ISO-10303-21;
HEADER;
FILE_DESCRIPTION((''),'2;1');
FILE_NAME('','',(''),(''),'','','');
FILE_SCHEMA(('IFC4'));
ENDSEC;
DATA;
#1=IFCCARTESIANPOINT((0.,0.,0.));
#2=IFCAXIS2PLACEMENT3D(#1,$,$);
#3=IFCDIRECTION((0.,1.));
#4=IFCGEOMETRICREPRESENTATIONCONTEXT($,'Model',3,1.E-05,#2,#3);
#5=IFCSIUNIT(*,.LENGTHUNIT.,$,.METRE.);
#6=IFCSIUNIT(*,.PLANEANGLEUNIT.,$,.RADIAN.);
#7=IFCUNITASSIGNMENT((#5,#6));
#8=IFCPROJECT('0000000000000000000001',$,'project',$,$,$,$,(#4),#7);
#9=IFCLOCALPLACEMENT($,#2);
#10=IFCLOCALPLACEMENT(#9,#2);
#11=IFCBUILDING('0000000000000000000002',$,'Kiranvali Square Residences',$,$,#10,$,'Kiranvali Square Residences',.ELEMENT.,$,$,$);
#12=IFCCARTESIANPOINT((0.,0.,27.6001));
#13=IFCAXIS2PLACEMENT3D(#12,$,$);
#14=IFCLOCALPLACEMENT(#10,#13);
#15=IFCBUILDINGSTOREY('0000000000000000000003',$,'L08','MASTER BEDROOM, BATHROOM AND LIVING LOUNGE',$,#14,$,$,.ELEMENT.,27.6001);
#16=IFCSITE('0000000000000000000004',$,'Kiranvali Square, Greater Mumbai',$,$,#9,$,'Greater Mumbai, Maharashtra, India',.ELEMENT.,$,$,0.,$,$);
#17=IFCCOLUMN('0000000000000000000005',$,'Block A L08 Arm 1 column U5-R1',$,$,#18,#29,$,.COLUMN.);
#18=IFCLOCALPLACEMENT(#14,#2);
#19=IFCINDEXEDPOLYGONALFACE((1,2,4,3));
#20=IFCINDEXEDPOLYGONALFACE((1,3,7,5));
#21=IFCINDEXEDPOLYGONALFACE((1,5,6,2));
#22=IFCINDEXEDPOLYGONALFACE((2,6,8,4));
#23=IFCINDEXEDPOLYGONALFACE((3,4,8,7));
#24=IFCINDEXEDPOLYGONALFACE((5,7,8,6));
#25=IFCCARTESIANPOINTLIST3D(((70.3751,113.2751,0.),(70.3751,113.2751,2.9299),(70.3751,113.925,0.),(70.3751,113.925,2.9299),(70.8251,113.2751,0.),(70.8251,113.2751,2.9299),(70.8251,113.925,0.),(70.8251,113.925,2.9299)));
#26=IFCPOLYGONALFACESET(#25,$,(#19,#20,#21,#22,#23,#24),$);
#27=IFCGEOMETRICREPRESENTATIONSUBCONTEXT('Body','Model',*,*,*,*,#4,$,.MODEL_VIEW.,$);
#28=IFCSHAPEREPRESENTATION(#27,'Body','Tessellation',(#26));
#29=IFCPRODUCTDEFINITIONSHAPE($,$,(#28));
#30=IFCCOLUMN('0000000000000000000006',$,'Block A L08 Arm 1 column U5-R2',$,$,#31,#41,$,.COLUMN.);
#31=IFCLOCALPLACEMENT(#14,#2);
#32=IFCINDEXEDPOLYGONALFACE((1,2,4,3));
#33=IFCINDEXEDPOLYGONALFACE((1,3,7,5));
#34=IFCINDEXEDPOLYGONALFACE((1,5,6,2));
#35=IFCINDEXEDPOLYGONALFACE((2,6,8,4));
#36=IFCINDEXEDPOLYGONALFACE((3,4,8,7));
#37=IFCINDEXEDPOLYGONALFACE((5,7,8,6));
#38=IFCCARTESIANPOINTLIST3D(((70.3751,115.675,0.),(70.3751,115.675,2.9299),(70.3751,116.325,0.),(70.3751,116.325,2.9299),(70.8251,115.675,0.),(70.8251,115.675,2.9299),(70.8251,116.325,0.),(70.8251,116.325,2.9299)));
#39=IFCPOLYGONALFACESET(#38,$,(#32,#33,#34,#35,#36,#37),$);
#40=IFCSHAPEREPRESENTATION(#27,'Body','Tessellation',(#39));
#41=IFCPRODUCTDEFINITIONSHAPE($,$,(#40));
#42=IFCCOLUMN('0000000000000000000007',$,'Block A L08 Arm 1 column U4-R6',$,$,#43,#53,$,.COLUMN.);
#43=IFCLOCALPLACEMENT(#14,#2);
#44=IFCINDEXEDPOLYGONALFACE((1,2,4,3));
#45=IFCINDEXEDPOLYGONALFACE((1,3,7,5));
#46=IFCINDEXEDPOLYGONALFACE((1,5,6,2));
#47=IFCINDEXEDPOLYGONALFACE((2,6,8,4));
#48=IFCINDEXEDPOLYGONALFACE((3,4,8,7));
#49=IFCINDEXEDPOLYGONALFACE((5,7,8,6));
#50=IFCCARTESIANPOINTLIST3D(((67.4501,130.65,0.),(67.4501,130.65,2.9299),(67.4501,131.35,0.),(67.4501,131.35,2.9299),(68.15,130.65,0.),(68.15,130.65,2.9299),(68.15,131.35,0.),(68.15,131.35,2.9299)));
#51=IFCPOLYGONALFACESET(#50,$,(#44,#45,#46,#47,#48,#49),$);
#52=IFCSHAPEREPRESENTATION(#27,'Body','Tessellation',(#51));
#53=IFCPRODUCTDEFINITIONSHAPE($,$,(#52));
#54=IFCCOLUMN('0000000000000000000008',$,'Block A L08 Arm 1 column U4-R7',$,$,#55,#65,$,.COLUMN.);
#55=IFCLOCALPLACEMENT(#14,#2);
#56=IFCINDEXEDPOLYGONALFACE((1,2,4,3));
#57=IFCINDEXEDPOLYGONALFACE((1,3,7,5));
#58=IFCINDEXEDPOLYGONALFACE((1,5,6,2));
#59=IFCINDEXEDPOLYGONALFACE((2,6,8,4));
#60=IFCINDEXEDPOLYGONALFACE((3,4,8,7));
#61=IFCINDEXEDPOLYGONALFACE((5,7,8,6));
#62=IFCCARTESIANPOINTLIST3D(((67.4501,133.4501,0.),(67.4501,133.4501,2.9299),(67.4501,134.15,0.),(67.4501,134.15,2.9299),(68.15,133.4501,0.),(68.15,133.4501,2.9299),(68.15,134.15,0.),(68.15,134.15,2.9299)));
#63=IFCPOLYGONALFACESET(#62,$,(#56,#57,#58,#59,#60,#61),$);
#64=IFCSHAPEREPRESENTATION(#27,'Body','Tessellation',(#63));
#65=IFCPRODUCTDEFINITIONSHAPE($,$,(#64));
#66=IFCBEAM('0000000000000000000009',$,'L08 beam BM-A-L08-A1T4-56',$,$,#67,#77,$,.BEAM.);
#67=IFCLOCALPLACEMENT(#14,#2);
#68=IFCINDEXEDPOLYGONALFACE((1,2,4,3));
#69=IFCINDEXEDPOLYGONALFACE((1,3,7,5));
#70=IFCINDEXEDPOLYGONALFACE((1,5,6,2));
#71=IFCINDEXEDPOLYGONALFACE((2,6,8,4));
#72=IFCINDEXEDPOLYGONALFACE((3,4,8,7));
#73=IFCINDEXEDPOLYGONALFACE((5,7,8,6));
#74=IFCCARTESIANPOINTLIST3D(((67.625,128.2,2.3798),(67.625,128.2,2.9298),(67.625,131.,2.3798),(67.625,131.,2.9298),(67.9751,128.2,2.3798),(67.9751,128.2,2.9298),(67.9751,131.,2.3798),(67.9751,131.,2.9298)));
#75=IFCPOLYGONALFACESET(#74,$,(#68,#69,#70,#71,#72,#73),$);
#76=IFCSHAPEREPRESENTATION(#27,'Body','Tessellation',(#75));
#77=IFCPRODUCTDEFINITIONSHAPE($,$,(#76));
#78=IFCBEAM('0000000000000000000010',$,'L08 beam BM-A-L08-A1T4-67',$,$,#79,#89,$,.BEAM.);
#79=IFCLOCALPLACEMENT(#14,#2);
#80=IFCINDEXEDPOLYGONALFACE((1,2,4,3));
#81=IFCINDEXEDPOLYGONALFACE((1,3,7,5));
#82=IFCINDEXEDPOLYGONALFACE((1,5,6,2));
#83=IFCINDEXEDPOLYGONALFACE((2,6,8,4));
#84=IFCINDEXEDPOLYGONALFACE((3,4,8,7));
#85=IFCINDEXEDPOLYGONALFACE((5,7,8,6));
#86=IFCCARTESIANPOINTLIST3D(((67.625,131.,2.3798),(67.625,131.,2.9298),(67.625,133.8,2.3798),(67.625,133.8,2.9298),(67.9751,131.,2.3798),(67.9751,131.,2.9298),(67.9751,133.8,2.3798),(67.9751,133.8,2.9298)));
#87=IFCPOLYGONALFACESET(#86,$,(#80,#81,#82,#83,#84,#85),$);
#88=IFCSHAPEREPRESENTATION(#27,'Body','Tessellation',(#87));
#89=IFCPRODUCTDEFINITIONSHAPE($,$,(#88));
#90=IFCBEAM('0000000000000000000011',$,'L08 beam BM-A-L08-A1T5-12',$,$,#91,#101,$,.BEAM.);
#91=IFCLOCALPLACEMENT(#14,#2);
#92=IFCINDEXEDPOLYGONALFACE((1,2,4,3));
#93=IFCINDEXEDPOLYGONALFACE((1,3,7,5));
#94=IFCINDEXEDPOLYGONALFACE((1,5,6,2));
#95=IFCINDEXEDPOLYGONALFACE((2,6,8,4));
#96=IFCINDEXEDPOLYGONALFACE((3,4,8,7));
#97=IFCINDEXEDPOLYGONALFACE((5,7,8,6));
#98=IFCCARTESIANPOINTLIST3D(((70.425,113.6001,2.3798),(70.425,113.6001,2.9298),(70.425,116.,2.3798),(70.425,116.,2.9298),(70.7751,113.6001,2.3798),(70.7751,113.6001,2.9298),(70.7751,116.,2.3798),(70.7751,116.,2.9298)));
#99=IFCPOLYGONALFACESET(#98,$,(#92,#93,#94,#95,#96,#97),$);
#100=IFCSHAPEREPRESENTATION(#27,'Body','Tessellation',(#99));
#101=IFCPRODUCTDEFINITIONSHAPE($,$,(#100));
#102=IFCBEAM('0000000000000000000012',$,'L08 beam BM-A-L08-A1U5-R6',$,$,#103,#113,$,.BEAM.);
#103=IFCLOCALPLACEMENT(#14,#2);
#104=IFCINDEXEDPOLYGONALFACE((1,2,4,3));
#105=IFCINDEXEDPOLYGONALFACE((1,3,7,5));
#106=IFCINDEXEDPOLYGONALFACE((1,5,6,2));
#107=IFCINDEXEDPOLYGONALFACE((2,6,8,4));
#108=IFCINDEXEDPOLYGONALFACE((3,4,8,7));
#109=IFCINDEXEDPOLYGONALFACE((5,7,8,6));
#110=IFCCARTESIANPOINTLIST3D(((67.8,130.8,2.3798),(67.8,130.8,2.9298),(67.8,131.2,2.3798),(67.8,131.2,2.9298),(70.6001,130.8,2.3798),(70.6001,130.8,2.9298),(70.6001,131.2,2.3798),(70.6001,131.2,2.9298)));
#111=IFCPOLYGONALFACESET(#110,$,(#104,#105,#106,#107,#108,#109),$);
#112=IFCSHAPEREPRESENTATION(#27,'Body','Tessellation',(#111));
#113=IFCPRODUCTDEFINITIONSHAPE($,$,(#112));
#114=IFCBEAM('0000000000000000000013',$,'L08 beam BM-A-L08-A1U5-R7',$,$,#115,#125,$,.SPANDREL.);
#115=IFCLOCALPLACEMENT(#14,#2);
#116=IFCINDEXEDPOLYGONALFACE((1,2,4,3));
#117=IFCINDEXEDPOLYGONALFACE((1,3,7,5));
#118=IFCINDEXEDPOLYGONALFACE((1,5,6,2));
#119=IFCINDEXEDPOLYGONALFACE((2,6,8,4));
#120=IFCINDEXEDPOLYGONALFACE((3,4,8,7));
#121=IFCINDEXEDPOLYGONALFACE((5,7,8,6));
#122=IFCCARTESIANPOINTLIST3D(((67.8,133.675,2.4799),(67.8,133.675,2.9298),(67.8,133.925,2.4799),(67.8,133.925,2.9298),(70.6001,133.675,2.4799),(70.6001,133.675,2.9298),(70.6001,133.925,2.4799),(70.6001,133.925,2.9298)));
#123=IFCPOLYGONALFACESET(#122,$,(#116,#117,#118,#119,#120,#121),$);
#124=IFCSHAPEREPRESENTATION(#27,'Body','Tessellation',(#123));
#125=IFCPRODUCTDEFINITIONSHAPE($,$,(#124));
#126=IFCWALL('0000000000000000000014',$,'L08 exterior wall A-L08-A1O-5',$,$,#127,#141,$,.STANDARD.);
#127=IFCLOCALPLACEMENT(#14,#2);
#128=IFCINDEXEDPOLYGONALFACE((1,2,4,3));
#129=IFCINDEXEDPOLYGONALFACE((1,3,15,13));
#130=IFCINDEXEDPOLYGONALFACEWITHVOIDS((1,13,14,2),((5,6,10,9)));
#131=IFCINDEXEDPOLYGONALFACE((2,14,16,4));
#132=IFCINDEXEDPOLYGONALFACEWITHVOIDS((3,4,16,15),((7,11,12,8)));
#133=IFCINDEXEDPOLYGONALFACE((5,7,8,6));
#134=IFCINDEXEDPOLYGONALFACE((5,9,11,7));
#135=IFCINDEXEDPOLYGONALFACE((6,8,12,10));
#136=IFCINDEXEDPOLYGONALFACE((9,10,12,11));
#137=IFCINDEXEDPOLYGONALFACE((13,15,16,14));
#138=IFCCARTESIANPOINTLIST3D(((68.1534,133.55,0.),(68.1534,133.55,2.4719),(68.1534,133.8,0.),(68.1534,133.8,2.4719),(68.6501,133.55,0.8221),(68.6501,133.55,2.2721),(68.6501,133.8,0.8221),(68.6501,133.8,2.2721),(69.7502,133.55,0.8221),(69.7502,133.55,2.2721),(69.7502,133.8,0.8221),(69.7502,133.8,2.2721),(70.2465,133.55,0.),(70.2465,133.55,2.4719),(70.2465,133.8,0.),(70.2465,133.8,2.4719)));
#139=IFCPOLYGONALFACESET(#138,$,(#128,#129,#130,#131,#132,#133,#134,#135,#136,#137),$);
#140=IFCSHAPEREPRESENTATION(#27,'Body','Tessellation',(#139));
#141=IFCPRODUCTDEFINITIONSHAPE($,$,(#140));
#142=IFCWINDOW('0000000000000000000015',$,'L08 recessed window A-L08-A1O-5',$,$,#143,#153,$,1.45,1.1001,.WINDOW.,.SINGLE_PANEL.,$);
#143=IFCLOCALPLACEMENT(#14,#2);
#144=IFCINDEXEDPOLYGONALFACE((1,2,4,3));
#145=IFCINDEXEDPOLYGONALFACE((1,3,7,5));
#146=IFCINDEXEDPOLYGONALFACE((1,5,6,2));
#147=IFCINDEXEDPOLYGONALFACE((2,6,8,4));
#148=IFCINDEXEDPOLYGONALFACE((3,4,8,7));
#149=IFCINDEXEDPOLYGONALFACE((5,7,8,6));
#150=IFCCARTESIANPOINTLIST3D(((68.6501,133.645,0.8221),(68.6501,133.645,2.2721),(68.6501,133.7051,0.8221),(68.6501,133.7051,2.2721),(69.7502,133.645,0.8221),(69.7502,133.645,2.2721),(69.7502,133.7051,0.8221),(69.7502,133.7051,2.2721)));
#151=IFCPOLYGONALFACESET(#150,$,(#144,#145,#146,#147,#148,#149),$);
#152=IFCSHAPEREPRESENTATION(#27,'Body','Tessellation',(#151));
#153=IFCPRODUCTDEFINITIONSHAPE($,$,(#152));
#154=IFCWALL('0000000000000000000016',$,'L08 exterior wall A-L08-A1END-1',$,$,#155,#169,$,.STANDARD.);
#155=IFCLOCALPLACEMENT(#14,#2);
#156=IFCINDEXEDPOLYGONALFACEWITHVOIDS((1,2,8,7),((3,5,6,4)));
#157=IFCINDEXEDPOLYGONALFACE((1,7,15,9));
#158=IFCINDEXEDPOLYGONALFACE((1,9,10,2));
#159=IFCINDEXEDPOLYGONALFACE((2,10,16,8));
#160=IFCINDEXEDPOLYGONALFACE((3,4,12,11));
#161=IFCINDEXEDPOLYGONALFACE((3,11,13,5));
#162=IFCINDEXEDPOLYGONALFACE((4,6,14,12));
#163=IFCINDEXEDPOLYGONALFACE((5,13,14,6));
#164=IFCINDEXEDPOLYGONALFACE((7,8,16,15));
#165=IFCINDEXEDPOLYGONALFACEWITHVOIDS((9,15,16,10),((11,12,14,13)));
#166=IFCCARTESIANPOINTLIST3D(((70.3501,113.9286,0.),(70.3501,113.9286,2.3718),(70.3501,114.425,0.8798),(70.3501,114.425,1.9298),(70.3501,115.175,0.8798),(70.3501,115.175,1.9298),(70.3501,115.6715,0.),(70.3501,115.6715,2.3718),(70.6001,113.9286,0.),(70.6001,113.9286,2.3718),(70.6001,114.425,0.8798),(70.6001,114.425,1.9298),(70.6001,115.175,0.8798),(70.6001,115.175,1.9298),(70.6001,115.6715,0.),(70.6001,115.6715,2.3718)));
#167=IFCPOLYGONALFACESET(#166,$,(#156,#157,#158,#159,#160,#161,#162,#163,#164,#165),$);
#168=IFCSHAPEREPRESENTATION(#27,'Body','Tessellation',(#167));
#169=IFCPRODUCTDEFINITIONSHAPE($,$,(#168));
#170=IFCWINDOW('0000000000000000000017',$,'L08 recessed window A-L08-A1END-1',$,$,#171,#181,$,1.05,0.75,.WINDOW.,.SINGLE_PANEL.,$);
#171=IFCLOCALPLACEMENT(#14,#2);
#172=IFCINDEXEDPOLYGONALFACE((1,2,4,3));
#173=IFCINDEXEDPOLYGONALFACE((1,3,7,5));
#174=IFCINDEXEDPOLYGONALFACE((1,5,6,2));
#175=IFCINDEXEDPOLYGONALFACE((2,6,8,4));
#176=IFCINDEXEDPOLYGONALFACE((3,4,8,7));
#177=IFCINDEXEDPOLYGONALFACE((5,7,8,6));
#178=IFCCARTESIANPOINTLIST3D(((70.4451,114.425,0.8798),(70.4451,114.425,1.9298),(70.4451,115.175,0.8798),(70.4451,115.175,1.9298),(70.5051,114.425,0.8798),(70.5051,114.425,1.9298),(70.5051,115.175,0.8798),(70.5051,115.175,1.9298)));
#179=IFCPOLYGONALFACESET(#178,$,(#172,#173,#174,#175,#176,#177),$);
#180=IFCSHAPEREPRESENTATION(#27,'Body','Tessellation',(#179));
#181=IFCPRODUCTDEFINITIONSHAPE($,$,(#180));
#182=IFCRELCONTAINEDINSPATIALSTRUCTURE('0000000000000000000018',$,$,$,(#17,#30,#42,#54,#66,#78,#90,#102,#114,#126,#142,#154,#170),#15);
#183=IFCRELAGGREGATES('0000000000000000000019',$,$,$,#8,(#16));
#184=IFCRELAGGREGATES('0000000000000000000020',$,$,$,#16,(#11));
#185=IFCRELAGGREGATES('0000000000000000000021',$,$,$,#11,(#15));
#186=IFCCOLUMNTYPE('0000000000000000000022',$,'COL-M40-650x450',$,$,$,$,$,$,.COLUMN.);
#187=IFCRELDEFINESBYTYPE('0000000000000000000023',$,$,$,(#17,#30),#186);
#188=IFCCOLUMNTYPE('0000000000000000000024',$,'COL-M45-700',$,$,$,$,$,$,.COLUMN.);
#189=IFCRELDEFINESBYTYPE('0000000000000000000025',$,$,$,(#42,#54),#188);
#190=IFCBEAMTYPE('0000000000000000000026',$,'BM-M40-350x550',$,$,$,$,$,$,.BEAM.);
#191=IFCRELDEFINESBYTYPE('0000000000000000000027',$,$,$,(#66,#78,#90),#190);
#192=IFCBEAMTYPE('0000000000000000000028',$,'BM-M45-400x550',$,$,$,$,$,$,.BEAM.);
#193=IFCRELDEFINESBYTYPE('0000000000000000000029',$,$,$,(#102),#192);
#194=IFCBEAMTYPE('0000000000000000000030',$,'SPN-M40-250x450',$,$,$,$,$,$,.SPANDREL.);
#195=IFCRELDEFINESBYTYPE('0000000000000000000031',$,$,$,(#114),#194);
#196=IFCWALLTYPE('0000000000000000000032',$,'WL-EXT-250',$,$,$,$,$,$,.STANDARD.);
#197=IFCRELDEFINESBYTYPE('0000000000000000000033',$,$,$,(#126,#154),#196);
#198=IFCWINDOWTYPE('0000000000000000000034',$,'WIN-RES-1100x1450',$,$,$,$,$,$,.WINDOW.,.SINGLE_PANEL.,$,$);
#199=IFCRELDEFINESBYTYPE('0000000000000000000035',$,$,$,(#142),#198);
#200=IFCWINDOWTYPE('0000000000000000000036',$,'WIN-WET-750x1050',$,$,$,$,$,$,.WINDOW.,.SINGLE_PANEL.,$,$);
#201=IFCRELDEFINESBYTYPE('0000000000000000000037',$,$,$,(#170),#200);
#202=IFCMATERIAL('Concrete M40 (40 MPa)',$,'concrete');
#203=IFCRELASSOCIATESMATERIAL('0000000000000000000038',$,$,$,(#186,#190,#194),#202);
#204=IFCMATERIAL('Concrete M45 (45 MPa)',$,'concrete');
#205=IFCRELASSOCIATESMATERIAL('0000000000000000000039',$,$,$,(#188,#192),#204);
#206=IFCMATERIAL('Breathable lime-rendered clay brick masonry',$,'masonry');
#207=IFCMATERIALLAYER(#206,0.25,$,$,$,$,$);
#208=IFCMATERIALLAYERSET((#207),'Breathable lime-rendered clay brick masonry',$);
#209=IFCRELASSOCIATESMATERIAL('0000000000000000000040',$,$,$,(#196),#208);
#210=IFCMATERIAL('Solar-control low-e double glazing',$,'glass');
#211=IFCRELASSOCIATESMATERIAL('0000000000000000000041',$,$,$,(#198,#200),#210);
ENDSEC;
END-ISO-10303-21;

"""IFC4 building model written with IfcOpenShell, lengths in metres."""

from ifc_helpers import new_model, si_unit, direction, frame, frame_2d, origin, origin_2d, place, context, subcontext, project, spatial, rectangle, extrude, material, layer, layer_set, material_profile, profile_set, type_object, element, fill, save


model = new_model("IFC4")

# Units and contexts
model_context = context("Model", 3, precision=1e-05, world=origin(), true_north=direction((0.0, 1.0)))
body_context = subcontext(model_context, "Body", "Model", "MODEL_VIEW")
ifc_project = project(units=[si_unit("LENGTHUNIT", "METRE"), si_unit("PLANEANGLEUNIT", "RADIAN")], contexts=[model_context])

# Site, building, storey
site_placement = place(None, origin())
site = spatial("IfcSite", under=ifc_project, at=site_placement, Name="Kiranvali Square, Greater Mumbai", LongName="Greater Mumbai, Maharashtra, India", CompositionType="ELEMENT", RefElevation=0.0)
building_placement = place(site_placement, origin())
building = spatial("IfcBuilding", under=site, at=building_placement, Name="Kiranvali Square Residences", LongName="Kiranvali Square Residences", CompositionType="ELEMENT")
storey_placement = place(building_placement, frame((0.0, 0.0, 27.6001)))
storey = spatial("IfcBuildingStorey", under=building, at=storey_placement, Name="L08", Description="MASTER BEDROOM, BATHROOM AND LIVING LOUNGE", CompositionType="ELEMENT", Elevation=27.6001)

# Columns
ifc_material_1 = material(Name="Concrete M40 (40 MPa)", Category="concrete")
ifc_material_profile_1 = material_profile(ifc_material_1, rectangle(XDim=0.45, YDim=0.6499, at=origin_2d()), Name="RC 650x450")
ifc_profile_set_1 = profile_set([ifc_material_profile_1], Name="Concrete M40 (40 MPa)")
column_type_1 = type_object("IfcColumnType", Name="COL-M40-650x450", PredefinedType="COLUMN", material=ifc_profile_set_1)
for number, where, z_axis, x_axis, name in (
    (1, (70.6001, 113.6001, 0.0), (0.0, 0.0, 1.0), (1.0, 0.0, 0.0), "Block A L08 Arm 1 column U5-R1"),
    (2, (70.6001, 116.0, 0.0), (0.0, 0.0, 1.0), (1.0, 0.0, 0.0), "Block A L08 Arm 1 column U5-R2"),
):
    element("IfcColumn", number, at=place(storey_placement, frame(where, z_axis=z_axis, x_axis=x_axis)), inside=storey, type_object=column_type_1, Name=name, PredefinedType="COLUMN", context=body_context, shape_type="SweptSolid", body=[
        extrude(rectangle(XDim=0.45, YDim=0.6499, at=origin_2d()), origin(), (0.0, 0.0, 1.0), 2.9299),
    ])
ifc_material_2 = material(Name="Concrete M45 (45 MPa)", Category="concrete")
ifc_material_profile_2 = material_profile(ifc_material_2, rectangle(XDim=0.7, YDim=0.7, at=origin_2d()), Name="RC 700x700")
ifc_profile_set_2 = profile_set([ifc_material_profile_2], Name="Concrete M45 (45 MPa)")
column_type_2 = type_object("IfcColumnType", Name="COL-M45-700", PredefinedType="COLUMN", material=ifc_profile_set_2)
for number, where, z_axis, x_axis, name in (
    (3, (67.8, 131.0, 0.0), (0.0, 0.0, 1.0), (1.0, 0.0, 0.0), "Block A L08 Arm 1 column U4-R6"),
    (4, (67.8, 133.8, 0.0), (0.0, 0.0, 1.0), (1.0, 0.0, 0.0), "Block A L08 Arm 1 column U4-R7"),
):
    element("IfcColumn", number, at=place(storey_placement, frame(where, z_axis=z_axis, x_axis=x_axis)), inside=storey, type_object=column_type_2, Name=name, PredefinedType="COLUMN", context=body_context, shape_type="SweptSolid", body=[
        extrude(rectangle(XDim=0.7, YDim=0.7, at=origin_2d()), origin(), (0.0, 0.0, 1.0), 2.9299),
    ])

# Beams
ifc_material_profile_3 = material_profile(ifc_material_1, rectangle(XDim=0.3501, YDim=0.55, at=origin_2d()), Name="RC 350x550")
ifc_profile_set_3 = profile_set([ifc_material_profile_3], Name="Concrete M40 (40 MPa)")
beam_type_1 = type_object("IfcBeamType", Name="BM-M40-350x550", PredefinedType="BEAM", material=ifc_profile_set_3)
for number, where, z_axis, x_axis, name in (
    (5, (67.8, 128.2, 2.6548), (0.0, 1.0, 0.0), (-1.0, 0.0, 0.0), "L08 beam BM-A-L08-A1T4-56"),
    (6, (67.8, 131.0, 2.6548), (0.0, 1.0, 0.0), (-1.0, 0.0, 0.0), "L08 beam BM-A-L08-A1T4-67"),
):
    element("IfcBeam", number, at=place(storey_placement, frame(where, z_axis=z_axis, x_axis=x_axis)), inside=storey, type_object=beam_type_1, Name=name, PredefinedType="BEAM", context=body_context, shape_type="SweptSolid", body=[
        extrude(rectangle(XDim=0.3501, YDim=0.55, at=origin_2d()), origin(), (0.0, 0.0, 1.0), 2.8),
    ])
beam_1_placement = place(storey_placement, frame((70.6001, 113.6001, 2.6548), z_axis=(0.0, 1.0, 0.0), x_axis=(-1.0, 0.0, 0.0)))
element("IfcBeam", 7, at=beam_1_placement, inside=storey, type_object=beam_type_1, Name="L08 beam BM-A-L08-A1T5-12", PredefinedType="BEAM", context=body_context, shape_type="SweptSolid", body=[
    extrude(rectangle(XDim=0.3501, YDim=0.55, at=origin_2d()), origin(), (0.0, 0.0, 1.0), 2.3999),
])
ifc_material_profile_4 = material_profile(ifc_material_2, rectangle(XDim=0.3999, YDim=0.55, at=origin_2d()), Name="RC 400x550")
ifc_profile_set_4 = profile_set([ifc_material_profile_4], Name="Concrete M45 (45 MPa)")
beam_type_2 = type_object("IfcBeamType", Name="BM-M45-400x550", PredefinedType="BEAM", material=ifc_profile_set_4)
beam_2_placement = place(storey_placement, frame((67.8, 131.0, 2.6548), z_axis=(1.0, 0.0, 0.0), x_axis=(0.0, 1.0, 0.0)))
element("IfcBeam", 8, at=beam_2_placement, inside=storey, type_object=beam_type_2, Name="L08 beam BM-A-L08-A1U5-R6", PredefinedType="BEAM", context=body_context, shape_type="SweptSolid", body=[
    extrude(rectangle(XDim=0.3999, YDim=0.55, at=origin_2d()), origin(), (0.0, 0.0, 1.0), 2.8),
])
ifc_material_profile_5 = material_profile(ifc_material_1, rectangle(XDim=0.25, YDim=0.45, at=origin_2d()), Name="RC 250x450")
ifc_profile_set_5 = profile_set([ifc_material_profile_5], Name="Concrete M40 (40 MPa)")
beam_type_3 = type_object("IfcBeamType", Name="SPN-M40-250x450", PredefinedType="SPANDREL", material=ifc_profile_set_5)
beam_3_placement = place(storey_placement, frame((67.8, 133.8, 2.7048), z_axis=(1.0, 0.0, 0.0), x_axis=(0.0, 1.0, 0.0)))
element("IfcBeam", 9, at=beam_3_placement, inside=storey, type_object=beam_type_3, Name="L08 beam BM-A-L08-A1U5-R7", PredefinedType="SPANDREL", context=body_context, shape_type="SweptSolid", body=[
    extrude(rectangle(XDim=0.25, YDim=0.45, at=origin_2d()), origin(), (0.0, 0.0, 1.0), 2.8),
])

# Walls, openings, windows
ifc_material_3 = material(Name="Breathable lime-rendered clay brick masonry", Category="masonry")
ifc_layer_1 = layer(ifc_material_3, 0.25)
ifc_layer_set_1 = layer_set([ifc_layer_1], Name="Breathable lime-rendered clay brick masonry")
wall_type_1 = type_object("IfcWallType", Name="WL-EXT-250", PredefinedType="STANDARD", material=ifc_layer_set_1)
wall_1_placement = place(storey_placement, frame((68.1536, 133.675, 0.0), z_axis=(0.0, 0.0, 1.0), x_axis=(1.0, 0.0, 0.0)))
wall_1 = element("IfcWall", 10, at=wall_1_placement, inside=storey, type_object=wall_type_1, Name="L08 exterior wall A-L08-A1O-5", PredefinedType="STANDARD", context=body_context, shape_type="SweptSolid", body=[
    extrude(rectangle(XDim=2.093, YDim=0.25, at=frame_2d((1.0464, 0.0))), origin(), (0.0, 0.0, 1.0), 2.4719),
])
opening_1_placement = place(wall_1_placement, frame((0.4966, 0.0, 0.822)))
opening_1 = element("IfcOpeningElement", 11, at=opening_1_placement, cuts=wall_1, PredefinedType="OPENING", context=body_context, shape_type="SweptSolid", body=[
    extrude(rectangle(XDim=1.1001, YDim=1.45, at=frame_2d((0.55, 0.7251))), frame((0.0, 0.135, 0.0), z_axis=(0.0, -1.0, 0.0), x_axis=(1.0, 0.0, 0.0)), (0.0, 0.0, 1.0), 0.27),
])
ifc_material_4 = material(Name="Solar-control low-e double glazing", Category="glass")
window_type_1 = type_object("IfcWindowType", Name="WIN-RES-1100x1450", PartitioningType="SINGLE_PANEL", PredefinedType="WINDOW", material=ifc_material_4)
window_1_placement = place(opening_1_placement, origin())
window_1 = element("IfcWindow", 12, at=window_1_placement, inside=storey, type_object=window_type_1, Name="L08 recessed window A-L08-A1O-5", OverallHeight=1.45, OverallWidth=1.1001, PartitioningType="SINGLE_PANEL", PredefinedType="WINDOW", context=body_context, shape_type="SweptSolid", body=[
    extrude(rectangle(XDim=1.1001, YDim=1.45, at=frame_2d((0.55, 0.7251))), frame((0.0, 0.03, 0.0), z_axis=(0.0, -1.0, 0.0), x_axis=(1.0, 0.0, 0.0)), (0.0, 0.0, 1.0), 0.0601),
])
fill(opening_1, window_1)
wall_2_placement = place(storey_placement, frame((70.4751, 113.9285, 0.0), z_axis=(0.0, 0.0, 1.0), x_axis=(0.0, 1.0, 0.0)))
wall_2 = element("IfcWall", 13, at=wall_2_placement, inside=storey, type_object=wall_type_1, Name="L08 exterior wall A-L08-A1END-1", PredefinedType="STANDARD", context=body_context, shape_type="SweptSolid", body=[
    extrude(rectangle(XDim=1.7429, YDim=0.25, at=frame_2d((0.8716, 0.0))), origin(), (0.0, 0.0, 1.0), 2.3718),
])
opening_2_placement = place(wall_2_placement, frame((0.4966, 0.0, 0.8799)))
opening_2 = element("IfcOpeningElement", 14, at=opening_2_placement, cuts=wall_2, PredefinedType="OPENING", context=body_context, shape_type="SweptSolid", body=[
    extrude(rectangle(XDim=0.75, YDim=1.05, at=frame_2d((0.375, 0.5249))), frame((0.0, 0.135, 0.0), z_axis=(0.0, -1.0, 0.0), x_axis=(1.0, 0.0, 0.0)), (0.0, 0.0, 1.0), 0.27),
])
window_type_2 = type_object("IfcWindowType", Name="WIN-WET-750x1050", PartitioningType="SINGLE_PANEL", PredefinedType="WINDOW", material=ifc_material_4)
window_2_placement = place(opening_2_placement, origin())
window_2 = element("IfcWindow", 15, at=window_2_placement, inside=storey, type_object=window_type_2, Name="L08 recessed window A-L08-A1END-1", OverallHeight=1.05, OverallWidth=0.75, PartitioningType="SINGLE_PANEL", PredefinedType="WINDOW", context=body_context, shape_type="SweptSolid", body=[
    extrude(rectangle(XDim=0.75, YDim=1.05, at=frame_2d((0.375, 0.5249))), frame((0.0, 0.03, 0.0), z_axis=(0.0, -1.0, 0.0), x_axis=(1.0, 0.0, 0.0)), (0.0, 0.0, 1.0), 0.0601),
])
fill(opening_2, window_2)

save(model, "model.ifc")
